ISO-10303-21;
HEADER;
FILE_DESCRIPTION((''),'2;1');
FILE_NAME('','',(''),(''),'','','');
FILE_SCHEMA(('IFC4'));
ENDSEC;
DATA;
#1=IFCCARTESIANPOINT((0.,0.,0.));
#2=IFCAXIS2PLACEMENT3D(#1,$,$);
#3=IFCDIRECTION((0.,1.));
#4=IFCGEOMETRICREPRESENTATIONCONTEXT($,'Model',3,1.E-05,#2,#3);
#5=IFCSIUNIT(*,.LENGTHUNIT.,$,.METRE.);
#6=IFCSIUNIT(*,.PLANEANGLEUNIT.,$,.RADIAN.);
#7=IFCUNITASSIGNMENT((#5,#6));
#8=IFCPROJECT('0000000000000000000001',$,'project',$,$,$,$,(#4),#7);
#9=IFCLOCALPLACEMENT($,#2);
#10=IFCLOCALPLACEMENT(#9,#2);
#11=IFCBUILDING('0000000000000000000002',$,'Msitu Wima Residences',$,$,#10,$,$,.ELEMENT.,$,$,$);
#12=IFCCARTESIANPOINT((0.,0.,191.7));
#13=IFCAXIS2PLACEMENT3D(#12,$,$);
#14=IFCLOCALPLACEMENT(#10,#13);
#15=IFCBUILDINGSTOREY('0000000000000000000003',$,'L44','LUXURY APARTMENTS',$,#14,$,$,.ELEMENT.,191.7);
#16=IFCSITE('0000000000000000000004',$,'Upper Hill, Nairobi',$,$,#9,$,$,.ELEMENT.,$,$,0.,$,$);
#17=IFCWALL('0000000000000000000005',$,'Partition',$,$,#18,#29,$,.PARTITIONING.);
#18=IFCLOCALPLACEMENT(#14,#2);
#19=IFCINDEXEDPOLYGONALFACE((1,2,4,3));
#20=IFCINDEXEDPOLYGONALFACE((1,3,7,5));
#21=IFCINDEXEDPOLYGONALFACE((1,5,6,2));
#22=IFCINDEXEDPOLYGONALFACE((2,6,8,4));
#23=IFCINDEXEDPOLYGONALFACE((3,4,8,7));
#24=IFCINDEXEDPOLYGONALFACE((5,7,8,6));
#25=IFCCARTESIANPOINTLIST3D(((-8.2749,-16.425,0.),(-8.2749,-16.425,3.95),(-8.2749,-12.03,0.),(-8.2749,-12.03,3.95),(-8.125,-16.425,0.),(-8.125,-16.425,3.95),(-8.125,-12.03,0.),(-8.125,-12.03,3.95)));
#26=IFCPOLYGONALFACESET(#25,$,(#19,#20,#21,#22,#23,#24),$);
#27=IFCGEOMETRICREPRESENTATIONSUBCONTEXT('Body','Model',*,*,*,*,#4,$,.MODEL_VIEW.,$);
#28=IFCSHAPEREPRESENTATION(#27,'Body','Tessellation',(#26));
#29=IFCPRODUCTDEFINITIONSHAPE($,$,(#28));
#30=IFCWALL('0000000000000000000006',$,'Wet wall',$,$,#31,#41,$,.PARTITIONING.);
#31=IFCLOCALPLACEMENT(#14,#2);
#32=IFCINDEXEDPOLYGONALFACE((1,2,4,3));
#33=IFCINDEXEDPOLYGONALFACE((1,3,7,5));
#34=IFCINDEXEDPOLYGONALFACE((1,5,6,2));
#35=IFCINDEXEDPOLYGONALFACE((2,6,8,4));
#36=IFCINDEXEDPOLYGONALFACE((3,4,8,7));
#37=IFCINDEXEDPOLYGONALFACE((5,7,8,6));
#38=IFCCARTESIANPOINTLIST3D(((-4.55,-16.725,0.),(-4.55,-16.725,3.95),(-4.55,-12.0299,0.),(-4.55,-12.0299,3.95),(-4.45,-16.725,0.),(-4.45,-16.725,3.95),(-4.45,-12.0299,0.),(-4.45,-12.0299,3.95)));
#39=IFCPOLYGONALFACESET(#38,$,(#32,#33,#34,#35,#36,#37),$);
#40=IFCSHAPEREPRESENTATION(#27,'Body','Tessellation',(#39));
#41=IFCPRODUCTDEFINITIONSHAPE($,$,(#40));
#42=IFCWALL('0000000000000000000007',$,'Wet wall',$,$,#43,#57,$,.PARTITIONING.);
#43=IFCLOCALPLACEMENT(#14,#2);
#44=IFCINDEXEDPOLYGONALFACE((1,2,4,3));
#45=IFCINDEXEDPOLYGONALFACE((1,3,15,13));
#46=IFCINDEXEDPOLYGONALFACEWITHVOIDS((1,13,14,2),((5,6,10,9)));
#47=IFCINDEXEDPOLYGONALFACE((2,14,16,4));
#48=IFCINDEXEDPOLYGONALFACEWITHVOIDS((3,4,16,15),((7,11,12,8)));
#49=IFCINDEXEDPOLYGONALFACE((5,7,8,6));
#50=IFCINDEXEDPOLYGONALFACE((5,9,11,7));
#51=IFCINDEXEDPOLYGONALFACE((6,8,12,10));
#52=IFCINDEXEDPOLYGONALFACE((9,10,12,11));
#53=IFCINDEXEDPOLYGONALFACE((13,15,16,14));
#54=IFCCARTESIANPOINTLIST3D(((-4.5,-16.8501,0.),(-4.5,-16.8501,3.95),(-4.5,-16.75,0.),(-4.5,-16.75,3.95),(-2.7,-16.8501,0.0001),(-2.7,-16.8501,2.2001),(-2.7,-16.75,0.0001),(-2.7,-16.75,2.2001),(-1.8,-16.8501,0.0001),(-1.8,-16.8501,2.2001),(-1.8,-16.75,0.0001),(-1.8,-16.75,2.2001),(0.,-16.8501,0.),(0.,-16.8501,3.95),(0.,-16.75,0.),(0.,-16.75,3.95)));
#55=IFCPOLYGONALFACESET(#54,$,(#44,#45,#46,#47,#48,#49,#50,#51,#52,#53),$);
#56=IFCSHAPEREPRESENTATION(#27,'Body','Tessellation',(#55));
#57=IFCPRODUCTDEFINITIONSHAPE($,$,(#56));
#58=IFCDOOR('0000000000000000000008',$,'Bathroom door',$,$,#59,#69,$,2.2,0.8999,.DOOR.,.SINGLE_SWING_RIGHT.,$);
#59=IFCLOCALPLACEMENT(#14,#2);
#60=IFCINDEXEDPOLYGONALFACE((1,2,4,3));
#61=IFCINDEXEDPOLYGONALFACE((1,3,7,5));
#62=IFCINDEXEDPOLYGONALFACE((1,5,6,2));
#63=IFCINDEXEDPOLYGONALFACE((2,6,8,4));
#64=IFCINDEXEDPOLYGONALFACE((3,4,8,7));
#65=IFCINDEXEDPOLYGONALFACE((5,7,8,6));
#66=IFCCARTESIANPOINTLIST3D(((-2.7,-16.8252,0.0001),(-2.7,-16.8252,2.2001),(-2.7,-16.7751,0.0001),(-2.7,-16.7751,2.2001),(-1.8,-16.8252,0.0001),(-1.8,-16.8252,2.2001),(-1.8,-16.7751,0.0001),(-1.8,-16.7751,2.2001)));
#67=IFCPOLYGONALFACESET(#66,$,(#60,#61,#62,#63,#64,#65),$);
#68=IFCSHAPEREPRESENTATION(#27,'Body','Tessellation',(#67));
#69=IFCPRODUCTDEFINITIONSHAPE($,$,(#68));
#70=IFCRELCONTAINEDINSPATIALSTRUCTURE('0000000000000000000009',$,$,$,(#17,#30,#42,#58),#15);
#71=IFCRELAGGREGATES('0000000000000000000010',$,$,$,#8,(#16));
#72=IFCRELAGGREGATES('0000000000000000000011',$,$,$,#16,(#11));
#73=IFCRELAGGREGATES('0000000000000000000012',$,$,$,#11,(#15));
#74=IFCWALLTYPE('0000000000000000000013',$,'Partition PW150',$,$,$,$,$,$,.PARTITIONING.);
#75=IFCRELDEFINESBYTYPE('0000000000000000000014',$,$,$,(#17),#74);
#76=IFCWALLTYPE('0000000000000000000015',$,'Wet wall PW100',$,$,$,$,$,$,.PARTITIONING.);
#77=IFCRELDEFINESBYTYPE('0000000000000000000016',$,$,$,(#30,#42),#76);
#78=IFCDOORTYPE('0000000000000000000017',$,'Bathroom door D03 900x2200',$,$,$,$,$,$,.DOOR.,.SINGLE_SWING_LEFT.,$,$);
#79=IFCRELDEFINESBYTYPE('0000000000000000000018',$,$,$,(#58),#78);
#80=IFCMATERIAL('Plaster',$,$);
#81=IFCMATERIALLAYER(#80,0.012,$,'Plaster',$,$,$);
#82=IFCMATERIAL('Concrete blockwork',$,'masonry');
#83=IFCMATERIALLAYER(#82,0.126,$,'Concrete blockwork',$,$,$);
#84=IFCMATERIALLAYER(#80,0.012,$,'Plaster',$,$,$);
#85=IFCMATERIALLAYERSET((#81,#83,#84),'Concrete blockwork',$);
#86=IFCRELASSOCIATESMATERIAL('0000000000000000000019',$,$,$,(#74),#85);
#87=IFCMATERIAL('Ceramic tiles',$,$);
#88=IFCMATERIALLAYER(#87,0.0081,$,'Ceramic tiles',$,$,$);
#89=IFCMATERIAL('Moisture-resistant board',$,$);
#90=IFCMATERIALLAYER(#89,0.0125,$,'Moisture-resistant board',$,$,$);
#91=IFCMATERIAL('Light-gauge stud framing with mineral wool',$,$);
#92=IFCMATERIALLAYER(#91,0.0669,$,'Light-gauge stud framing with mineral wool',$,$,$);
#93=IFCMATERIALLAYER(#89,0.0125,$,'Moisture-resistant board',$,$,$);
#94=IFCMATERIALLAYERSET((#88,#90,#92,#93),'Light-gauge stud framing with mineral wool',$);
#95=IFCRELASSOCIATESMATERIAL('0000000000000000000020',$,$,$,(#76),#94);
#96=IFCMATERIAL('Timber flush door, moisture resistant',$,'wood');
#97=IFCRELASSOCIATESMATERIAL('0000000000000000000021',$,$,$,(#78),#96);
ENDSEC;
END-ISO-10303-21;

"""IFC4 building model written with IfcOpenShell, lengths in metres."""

from ifc_helpers import new_model, si_unit, direction, frame, frame_2d, origin, place, context, subcontext, project, spatial, rectangle, extrude, material, layer, layer_set, type_object, element, fill, save


model = new_model("IFC4")

# Units and contexts
model_context = context("Model", 3, precision=1e-05, world=origin(), true_north=direction((0.0, 1.0)))
body_context = subcontext(model_context, "Body", "Model", "MODEL_VIEW")
ifc_project = project(units=[si_unit("LENGTHUNIT", "METRE"), si_unit("PLANEANGLEUNIT", "RADIAN")], contexts=[model_context])

# Site, building, storey
site_placement = place(None, origin())
site = spatial("IfcSite", under=ifc_project, at=site_placement, Name="Upper Hill, Nairobi", CompositionType="ELEMENT", RefElevation=0.0)
building_placement = place(site_placement, origin())
building = spatial("IfcBuilding", under=site, at=building_placement, Name="Msitu Wima Residences", CompositionType="ELEMENT")
storey_placement = place(building_placement, frame((0.0, 0.0, 191.7)))
storey = spatial("IfcBuildingStorey", under=building, at=storey_placement, Name="L44", Description="LUXURY APARTMENTS", CompositionType="ELEMENT", Elevation=191.7)

# Shared definitions
ifc_material_1 = material(Name="Plaster")
ifc_layer_1 = layer(ifc_material_1, 0.012, Name="Plaster")
ifc_material_2 = material(Name="Concrete blockwork", Category="masonry")
ifc_layer_2 = layer(ifc_material_2, 0.126, Name="Concrete blockwork")
ifc_layer_3 = layer(ifc_material_1, 0.012, Name="Plaster")
ifc_layer_set_1 = layer_set([ifc_layer_1, ifc_layer_2, ifc_layer_3], Name="Concrete blockwork")
wall_type_1 = type_object("IfcWallType", Name="Partition PW150", PredefinedType="PARTITIONING", material=ifc_layer_set_1)

# Walls
wall_1_placement = place(storey_placement, frame((-8.2, -16.425, 0.0), z_axis=(0.0, 0.0, 1.0), x_axis=(0.0, 1.0, 0.0)))
element("IfcWall", 1, at=wall_1_placement, inside=storey, type_object=wall_type_1, Name="Partition", PredefinedType="PARTITIONING", context=body_context, shape_type="SweptSolid", body=[
    extrude(rectangle(XDim=4.395, YDim=0.1499, at=frame_2d((2.1975, 0.0))), origin(), (0.0, 0.0, 1.0), 3.95),
])
ifc_material_3 = material(Name="Ceramic tiles")
ifc_layer_4 = layer(ifc_material_3, 0.0081, Name="Ceramic tiles")
ifc_material_4 = material(Name="Moisture-resistant board")
ifc_layer_5 = layer(ifc_material_4, 0.0125, Name="Moisture-resistant board")
ifc_material_5 = material(Name="Light-gauge stud framing with mineral wool")
ifc_layer_6 = layer(ifc_material_5, 0.0669, Name="Light-gauge stud framing with mineral wool")
ifc_layer_7 = layer(ifc_material_4, 0.0125, Name="Moisture-resistant board")
ifc_layer_set_2 = layer_set([ifc_layer_4, ifc_layer_5, ifc_layer_6, ifc_layer_7], Name="Light-gauge stud framing with mineral wool")
wall_type_2 = type_object("IfcWallType", Name="Wet wall PW100", PredefinedType="PARTITIONING", material=ifc_layer_set_2)
wall_2_placement = place(storey_placement, frame((-4.5, -16.7251, 0.0), z_axis=(0.0, 0.0, 1.0), x_axis=(0.0, 1.0, 0.0)))
element("IfcWall", 2, at=wall_2_placement, inside=storey, type_object=wall_type_2, Name="Wet wall", PredefinedType="PARTITIONING", context=body_context, shape_type="SweptSolid", body=[
    extrude(rectangle(XDim=4.6951, YDim=0.1001, at=frame_2d((2.3477, 0.0))), origin(), (0.0, 0.0, 1.0), 3.95),
])

# Wall, opening, door
wall_3_placement = place(storey_placement, frame((-4.5, -16.8, 0.0), z_axis=(0.0, 0.0, 1.0), x_axis=(1.0, 0.0, 0.0)))
wall_3 = element("IfcWall", 3, at=wall_3_placement, inside=storey, type_object=wall_type_2, Name="Wet wall", PredefinedType="PARTITIONING", context=body_context, shape_type="SweptSolid", body=[
    extrude(rectangle(XDim=4.5, YDim=0.1001, at=frame_2d((2.25, 0.0))), origin(), (0.0, 0.0, 1.0), 3.95),
])
opening_1_placement = place(wall_3_placement, frame((1.8, 0.0, 0.0)))
opening_1 = element("IfcOpeningElement", 4, at=opening_1_placement, cuts=wall_3, PredefinedType="OPENING", context=body_context, shape_type="SweptSolid", body=[
    extrude(rectangle(XDim=0.8999, YDim=2.2, at=frame_2d((0.45, 1.1001))), frame((0.0, 0.0601, 0.0), z_axis=(0.0, -1.0, 0.0), x_axis=(1.0, 0.0, 0.0)), (0.0, 0.0, 1.0), 0.1201),
])
ifc_material_6 = material(Name="Timber flush door, moisture resistant", Category="wood")
door_type_1 = type_object("IfcDoorType", Name="Bathroom door D03 900x2200", OperationType="SINGLE_SWING_LEFT", PredefinedType="DOOR", material=ifc_material_6)
door_1_placement = place(opening_1_placement, origin())
door_1 = element("IfcDoor", 5, at=door_1_placement, inside=storey, type_object=door_type_1, Name="Bathroom door", OperationType="SINGLE_SWING_RIGHT", OverallHeight=2.2, OverallWidth=0.8999, PredefinedType="DOOR", context=body_context, shape_type="SweptSolid", body=[
    extrude(rectangle(XDim=0.8999, YDim=2.2, at=frame_2d((0.45, 1.1001))), frame((0.0, 0.0249, 0.0), z_axis=(0.0, -1.0, 0.0), x_axis=(1.0, 0.0, 0.0)), (0.0, 0.0, 1.0), 0.05),
])
fill(opening_1, door_1)

save(model, "model.ifc")
